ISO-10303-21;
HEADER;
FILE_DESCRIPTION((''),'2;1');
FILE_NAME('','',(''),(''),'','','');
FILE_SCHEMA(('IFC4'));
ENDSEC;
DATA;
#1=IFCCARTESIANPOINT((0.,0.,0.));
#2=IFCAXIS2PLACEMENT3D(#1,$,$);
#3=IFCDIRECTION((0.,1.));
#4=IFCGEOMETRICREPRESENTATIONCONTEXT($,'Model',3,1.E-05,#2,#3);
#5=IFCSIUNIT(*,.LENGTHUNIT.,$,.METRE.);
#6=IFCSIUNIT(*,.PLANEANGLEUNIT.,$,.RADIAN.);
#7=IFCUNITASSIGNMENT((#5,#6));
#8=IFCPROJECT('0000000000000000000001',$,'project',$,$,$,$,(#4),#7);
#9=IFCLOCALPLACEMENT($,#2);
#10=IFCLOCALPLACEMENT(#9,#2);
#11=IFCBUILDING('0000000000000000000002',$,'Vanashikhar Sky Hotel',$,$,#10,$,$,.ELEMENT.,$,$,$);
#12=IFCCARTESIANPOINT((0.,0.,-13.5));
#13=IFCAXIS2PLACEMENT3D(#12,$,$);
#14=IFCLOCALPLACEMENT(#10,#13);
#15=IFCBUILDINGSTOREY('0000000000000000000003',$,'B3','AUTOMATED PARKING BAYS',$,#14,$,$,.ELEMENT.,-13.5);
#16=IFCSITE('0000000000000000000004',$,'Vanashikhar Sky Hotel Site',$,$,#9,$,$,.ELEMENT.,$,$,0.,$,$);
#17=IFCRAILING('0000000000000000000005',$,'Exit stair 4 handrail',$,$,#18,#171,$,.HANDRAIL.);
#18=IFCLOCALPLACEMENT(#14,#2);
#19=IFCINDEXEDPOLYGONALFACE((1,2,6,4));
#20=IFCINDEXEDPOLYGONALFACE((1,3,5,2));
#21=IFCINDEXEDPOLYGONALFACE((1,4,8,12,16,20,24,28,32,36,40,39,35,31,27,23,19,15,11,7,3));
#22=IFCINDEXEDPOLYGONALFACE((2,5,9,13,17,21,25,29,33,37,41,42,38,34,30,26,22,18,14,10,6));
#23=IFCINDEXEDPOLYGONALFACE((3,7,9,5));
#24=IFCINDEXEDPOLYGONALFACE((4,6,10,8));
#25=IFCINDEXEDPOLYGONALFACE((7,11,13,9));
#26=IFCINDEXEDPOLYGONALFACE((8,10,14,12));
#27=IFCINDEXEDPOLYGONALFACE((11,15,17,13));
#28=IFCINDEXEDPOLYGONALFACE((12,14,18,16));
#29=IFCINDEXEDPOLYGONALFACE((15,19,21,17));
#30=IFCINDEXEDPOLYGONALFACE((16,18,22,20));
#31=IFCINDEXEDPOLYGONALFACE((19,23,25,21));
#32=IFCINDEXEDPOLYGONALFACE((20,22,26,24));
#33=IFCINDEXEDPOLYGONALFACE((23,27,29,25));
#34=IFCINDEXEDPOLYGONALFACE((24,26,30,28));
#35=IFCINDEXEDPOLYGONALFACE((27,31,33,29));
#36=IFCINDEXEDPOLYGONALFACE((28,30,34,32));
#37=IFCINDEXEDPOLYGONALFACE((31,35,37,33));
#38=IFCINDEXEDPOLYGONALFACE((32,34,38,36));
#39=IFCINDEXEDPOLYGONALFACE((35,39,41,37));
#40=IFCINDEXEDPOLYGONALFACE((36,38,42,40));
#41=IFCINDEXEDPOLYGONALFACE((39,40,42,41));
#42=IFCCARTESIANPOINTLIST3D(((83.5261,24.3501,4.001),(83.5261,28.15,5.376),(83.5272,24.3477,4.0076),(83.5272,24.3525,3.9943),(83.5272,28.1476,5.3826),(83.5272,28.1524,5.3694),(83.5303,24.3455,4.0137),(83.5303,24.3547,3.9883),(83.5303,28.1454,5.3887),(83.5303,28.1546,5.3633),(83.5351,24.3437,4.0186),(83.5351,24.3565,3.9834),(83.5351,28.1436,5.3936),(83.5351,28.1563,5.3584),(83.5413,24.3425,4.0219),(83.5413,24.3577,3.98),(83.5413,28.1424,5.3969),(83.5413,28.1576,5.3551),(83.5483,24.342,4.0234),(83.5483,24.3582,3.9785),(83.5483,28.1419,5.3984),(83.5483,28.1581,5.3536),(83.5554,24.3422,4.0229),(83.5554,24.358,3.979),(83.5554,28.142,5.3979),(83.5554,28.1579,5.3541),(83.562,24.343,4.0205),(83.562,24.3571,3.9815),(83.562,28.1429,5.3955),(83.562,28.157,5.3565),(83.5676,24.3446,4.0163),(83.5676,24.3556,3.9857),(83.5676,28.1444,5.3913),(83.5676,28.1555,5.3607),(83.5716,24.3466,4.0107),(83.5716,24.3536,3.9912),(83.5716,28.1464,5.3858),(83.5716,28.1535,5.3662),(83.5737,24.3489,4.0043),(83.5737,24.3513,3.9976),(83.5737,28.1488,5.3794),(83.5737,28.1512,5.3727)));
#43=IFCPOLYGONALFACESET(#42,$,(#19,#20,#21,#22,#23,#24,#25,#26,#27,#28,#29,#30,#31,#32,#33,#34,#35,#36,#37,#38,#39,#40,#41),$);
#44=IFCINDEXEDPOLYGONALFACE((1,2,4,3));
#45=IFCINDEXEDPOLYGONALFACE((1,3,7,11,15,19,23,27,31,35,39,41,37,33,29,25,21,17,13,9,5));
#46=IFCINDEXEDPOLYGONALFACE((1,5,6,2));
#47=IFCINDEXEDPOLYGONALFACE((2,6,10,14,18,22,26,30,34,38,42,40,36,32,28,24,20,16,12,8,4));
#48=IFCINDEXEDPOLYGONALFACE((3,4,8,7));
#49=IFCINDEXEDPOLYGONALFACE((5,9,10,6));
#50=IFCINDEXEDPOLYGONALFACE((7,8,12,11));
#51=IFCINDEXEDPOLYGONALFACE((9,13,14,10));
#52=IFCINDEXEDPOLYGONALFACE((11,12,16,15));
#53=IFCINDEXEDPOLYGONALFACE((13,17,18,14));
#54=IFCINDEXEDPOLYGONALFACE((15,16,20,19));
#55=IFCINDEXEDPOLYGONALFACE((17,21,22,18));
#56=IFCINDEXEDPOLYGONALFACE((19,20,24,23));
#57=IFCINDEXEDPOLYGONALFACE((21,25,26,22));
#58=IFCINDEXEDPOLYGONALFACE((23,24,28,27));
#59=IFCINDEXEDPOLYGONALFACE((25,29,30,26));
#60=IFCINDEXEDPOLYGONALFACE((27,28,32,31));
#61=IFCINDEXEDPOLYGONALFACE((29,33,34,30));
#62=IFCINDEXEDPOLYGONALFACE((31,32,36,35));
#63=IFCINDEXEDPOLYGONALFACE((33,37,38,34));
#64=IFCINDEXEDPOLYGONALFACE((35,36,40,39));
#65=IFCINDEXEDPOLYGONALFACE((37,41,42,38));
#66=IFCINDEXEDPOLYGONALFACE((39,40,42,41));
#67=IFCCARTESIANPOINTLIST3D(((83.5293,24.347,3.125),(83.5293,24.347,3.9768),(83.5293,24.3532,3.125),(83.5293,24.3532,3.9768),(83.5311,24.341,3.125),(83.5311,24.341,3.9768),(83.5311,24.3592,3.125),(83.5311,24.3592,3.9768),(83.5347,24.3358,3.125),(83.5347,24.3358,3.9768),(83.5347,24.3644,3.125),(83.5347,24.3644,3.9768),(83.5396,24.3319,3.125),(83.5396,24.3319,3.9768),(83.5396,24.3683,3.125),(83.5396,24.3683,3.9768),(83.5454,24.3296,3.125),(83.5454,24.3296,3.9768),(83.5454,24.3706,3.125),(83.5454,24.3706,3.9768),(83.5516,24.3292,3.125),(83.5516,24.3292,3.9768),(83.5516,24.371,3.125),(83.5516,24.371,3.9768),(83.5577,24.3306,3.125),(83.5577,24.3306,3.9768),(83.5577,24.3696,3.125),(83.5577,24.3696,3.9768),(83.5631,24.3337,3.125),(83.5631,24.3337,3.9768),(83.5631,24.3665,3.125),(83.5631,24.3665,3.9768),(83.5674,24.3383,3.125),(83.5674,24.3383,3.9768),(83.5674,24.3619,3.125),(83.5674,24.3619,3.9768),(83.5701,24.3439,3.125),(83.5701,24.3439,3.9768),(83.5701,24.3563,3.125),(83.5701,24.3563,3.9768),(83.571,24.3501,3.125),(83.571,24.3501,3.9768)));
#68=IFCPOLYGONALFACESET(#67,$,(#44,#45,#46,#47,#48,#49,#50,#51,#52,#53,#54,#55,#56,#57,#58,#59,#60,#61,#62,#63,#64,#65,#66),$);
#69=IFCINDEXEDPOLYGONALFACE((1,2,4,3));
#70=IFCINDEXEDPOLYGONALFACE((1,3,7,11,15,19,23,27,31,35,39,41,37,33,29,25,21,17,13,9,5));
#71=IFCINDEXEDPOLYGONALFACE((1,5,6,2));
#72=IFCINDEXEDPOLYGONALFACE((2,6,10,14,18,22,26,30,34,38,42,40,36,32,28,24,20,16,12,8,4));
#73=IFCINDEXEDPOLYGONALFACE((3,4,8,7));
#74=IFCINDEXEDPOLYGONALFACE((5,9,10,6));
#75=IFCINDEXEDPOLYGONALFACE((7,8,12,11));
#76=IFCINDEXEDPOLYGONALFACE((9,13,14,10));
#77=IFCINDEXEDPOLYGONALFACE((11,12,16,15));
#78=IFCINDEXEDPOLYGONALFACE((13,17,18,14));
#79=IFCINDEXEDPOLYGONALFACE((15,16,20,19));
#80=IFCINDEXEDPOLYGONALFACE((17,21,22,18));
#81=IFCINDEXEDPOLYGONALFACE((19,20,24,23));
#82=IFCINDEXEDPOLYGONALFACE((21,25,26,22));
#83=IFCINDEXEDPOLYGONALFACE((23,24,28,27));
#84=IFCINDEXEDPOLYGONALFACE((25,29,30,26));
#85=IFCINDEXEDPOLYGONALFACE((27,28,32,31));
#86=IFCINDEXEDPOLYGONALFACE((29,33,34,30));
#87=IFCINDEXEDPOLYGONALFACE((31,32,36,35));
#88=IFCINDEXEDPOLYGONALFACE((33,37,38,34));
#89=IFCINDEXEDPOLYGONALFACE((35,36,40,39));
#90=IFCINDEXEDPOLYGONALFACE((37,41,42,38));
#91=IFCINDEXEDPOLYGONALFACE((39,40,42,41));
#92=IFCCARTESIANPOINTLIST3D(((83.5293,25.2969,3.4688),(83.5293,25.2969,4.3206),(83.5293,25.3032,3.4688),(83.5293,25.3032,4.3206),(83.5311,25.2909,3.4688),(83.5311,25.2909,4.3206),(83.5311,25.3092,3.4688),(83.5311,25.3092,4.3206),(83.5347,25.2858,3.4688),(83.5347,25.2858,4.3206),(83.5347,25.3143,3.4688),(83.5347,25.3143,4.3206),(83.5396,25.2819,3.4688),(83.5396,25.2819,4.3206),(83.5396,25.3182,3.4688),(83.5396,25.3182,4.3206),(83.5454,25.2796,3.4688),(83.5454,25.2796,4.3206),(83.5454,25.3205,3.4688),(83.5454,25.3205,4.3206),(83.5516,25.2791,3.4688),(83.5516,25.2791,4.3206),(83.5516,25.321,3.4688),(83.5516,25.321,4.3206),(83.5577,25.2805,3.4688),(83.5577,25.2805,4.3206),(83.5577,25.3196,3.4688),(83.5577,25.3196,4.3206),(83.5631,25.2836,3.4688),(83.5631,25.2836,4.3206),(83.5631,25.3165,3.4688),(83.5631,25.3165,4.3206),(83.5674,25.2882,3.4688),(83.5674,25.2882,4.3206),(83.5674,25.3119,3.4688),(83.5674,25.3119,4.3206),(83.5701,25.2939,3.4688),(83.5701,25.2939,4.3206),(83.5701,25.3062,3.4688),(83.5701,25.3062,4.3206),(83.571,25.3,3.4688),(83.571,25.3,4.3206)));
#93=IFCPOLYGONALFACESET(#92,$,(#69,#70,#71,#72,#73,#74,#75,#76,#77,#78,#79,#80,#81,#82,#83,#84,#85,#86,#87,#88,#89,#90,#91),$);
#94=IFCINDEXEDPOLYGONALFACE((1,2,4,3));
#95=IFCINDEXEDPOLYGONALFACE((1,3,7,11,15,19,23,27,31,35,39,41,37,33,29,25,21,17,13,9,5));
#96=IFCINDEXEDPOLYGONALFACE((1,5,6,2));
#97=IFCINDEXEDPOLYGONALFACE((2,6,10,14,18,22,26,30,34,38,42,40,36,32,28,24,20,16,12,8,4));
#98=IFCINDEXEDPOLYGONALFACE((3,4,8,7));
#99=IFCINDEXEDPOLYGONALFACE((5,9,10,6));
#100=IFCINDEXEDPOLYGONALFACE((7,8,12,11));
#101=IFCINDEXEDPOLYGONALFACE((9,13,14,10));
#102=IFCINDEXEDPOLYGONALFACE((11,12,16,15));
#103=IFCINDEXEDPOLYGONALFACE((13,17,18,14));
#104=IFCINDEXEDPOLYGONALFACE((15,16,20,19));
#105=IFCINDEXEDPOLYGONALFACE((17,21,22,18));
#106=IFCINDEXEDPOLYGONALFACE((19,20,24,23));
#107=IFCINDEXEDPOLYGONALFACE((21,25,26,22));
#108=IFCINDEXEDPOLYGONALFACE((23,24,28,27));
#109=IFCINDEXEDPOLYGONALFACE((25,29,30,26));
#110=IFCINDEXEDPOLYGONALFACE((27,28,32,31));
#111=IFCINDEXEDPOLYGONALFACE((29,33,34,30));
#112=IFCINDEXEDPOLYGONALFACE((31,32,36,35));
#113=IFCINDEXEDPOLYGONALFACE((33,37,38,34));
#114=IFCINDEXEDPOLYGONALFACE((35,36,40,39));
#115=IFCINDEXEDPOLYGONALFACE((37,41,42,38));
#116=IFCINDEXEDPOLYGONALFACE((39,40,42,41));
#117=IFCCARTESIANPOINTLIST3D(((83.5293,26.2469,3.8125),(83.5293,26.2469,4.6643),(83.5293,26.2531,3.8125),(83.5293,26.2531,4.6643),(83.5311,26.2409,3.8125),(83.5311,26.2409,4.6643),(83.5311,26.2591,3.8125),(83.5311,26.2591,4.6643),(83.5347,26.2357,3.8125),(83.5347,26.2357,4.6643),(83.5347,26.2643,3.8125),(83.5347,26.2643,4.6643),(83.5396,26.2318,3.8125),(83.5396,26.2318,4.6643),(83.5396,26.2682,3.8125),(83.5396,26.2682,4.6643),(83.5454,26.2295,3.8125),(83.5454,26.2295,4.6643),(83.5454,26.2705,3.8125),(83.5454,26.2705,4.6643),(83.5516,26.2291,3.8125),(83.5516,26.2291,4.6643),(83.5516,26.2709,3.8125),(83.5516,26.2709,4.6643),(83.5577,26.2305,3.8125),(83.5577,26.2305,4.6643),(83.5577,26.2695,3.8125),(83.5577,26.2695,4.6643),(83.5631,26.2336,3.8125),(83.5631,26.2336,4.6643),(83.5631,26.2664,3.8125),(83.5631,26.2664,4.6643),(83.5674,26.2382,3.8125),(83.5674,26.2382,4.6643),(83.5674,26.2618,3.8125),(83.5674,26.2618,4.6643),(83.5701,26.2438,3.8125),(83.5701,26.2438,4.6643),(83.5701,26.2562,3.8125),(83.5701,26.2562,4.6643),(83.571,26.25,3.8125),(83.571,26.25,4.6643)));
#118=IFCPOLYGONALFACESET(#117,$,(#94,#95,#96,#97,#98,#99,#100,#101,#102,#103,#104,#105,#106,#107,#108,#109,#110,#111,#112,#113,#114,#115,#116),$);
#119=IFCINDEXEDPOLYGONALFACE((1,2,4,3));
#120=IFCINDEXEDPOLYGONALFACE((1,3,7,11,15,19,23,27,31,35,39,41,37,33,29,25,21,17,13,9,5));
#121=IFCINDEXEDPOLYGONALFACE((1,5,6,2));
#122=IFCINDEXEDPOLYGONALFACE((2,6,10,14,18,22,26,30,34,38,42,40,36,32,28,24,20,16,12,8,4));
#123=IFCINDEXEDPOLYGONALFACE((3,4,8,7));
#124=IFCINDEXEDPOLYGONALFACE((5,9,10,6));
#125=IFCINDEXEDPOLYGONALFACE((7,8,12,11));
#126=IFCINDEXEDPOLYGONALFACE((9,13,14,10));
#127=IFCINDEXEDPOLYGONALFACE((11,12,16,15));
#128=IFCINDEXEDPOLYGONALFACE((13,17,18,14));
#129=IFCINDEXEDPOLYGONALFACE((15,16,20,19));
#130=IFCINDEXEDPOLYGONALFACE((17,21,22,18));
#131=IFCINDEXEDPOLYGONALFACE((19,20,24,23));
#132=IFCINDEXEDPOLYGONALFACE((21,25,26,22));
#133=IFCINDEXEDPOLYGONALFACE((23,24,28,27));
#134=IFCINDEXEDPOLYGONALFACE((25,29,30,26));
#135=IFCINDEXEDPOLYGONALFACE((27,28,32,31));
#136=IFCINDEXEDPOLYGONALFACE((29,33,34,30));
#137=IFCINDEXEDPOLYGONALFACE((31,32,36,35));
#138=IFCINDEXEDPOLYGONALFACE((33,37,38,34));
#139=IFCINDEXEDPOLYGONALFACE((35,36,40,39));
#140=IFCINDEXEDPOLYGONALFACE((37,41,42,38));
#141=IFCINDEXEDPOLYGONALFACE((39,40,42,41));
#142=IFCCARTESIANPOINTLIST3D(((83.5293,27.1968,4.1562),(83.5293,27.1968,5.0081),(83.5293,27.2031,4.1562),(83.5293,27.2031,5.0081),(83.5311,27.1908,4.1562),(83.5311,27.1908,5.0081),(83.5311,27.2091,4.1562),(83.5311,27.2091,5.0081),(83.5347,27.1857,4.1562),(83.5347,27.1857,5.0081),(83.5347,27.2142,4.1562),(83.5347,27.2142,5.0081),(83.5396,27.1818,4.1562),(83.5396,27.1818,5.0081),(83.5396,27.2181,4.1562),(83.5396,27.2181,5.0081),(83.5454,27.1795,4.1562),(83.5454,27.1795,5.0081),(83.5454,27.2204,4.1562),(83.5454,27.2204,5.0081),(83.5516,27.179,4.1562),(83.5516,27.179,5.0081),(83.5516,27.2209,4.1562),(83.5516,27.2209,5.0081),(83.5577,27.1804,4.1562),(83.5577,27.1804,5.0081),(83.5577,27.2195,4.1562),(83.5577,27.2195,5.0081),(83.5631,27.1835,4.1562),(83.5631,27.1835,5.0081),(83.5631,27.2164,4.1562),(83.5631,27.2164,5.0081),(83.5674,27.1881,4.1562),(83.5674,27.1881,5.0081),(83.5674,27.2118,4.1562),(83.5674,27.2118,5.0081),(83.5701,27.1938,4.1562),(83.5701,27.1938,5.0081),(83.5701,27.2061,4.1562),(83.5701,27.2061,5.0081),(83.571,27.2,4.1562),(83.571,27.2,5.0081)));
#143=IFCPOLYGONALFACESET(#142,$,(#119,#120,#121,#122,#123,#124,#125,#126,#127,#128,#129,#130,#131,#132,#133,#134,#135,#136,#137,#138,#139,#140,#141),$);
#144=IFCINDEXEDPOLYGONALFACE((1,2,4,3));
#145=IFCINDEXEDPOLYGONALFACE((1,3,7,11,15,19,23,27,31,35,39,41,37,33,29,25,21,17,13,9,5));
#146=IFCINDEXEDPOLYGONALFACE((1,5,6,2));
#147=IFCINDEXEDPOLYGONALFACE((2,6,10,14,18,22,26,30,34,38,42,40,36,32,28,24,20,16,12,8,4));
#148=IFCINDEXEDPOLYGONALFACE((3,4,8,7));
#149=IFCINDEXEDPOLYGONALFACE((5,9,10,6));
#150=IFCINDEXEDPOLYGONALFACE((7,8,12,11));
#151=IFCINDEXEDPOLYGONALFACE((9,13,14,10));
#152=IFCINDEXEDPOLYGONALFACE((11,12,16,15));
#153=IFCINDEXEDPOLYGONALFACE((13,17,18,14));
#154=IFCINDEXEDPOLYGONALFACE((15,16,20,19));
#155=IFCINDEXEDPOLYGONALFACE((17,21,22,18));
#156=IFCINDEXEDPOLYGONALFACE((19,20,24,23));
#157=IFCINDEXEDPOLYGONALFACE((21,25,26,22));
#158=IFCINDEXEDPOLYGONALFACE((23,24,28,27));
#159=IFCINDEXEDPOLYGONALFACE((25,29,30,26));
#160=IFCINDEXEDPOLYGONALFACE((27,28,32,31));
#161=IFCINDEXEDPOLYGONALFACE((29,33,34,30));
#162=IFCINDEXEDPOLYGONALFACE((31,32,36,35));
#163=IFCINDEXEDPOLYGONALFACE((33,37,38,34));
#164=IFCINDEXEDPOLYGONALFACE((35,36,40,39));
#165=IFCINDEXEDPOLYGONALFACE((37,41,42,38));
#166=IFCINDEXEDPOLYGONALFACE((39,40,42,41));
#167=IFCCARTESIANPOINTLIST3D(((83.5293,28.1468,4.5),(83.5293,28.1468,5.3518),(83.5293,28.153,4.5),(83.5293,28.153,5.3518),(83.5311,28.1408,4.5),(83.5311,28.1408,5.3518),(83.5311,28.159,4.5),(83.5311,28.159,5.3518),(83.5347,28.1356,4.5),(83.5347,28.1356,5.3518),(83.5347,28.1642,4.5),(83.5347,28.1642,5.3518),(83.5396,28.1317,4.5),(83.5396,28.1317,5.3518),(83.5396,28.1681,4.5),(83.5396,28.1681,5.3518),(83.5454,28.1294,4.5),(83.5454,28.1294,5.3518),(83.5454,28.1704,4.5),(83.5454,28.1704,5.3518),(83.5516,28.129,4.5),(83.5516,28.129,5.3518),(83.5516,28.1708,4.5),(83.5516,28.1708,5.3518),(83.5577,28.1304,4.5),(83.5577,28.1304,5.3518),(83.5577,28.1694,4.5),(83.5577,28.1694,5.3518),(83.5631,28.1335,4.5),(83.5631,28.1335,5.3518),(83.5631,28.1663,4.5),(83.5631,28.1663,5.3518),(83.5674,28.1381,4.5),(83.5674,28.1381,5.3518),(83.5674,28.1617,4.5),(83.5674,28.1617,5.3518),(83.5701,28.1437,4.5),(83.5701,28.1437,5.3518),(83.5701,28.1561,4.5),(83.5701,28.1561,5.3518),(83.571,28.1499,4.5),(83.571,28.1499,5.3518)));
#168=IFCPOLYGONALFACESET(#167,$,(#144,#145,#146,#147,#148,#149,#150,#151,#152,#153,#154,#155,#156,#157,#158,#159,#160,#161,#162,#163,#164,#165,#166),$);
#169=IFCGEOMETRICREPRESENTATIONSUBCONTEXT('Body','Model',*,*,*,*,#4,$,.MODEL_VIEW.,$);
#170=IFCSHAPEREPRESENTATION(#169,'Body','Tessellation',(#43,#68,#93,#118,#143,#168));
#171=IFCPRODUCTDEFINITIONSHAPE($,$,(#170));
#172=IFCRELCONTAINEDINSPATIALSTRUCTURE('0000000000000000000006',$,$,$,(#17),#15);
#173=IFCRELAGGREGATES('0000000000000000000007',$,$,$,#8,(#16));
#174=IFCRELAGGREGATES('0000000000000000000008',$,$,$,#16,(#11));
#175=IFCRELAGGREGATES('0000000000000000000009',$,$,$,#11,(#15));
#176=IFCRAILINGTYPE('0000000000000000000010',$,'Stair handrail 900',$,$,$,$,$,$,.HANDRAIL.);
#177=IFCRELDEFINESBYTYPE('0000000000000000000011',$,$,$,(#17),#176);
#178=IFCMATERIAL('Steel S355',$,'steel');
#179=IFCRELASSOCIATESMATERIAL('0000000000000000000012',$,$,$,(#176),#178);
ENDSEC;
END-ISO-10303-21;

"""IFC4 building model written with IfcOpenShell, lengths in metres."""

from ifc_helpers import new_model, si_unit, direction, frame, origin, origin_2d, place, context, subcontext, project, spatial, circle, extrude, source, transform, mapped, material, type_object, element, save


model = new_model("IFC4")

# Units and contexts
model_context = context("Model", 3, precision=1e-05, world=origin(), true_north=direction((0.0, 1.0)))
body_context = subcontext(model_context, "Body", "Model", "MODEL_VIEW")
ifc_project = project(units=[si_unit("LENGTHUNIT", "METRE"), si_unit("PLANEANGLEUNIT", "RADIAN")], contexts=[model_context])

# Site, building, storey
site_placement = place(None, origin())
site = spatial("IfcSite", under=ifc_project, at=site_placement, Name="Vanashikhar Sky Hotel Site", CompositionType="ELEMENT", RefElevation=0.0)
building_placement = place(site_placement, origin())
building = spatial("IfcBuilding", under=site, at=building_placement, Name="Vanashikhar Sky Hotel", CompositionType="ELEMENT")
storey_placement = place(building_placement, frame((0.0, 0.0, -13.5)))
storey = spatial("IfcBuildingStorey", under=building, at=storey_placement, Name="B3", Description="AUTOMATED PARKING BAYS", CompositionType="ELEMENT", Elevation=-13.5)

# Railing
ifc_material_1 = material(Name="Steel S355", Category="steel")
railing_type_1 = type_object("IfcRailingType", Name="Stair handrail 900", PredefinedType="HANDRAIL", material=ifc_material_1)
shared_shape_1 = source(origin(), body_context, "Body", "SweptSolid", [
    extrude(circle(Radius=0.0239, at=origin_2d()), frame((0.0, 0.0, 0.876), z_axis=(0.0, 0.940329, 0.340268), x_axis=(-1.0, 0.0, 0.0)), (0.0, 0.0, 1.0), 4.041),
    extrude(circle(Radius=0.021, at=origin_2d()), origin(), (0.0, 0.0, 1.0), 0.8518),
    extrude(circle(Radius=0.021, at=origin_2d()), frame((0.0, 0.95, 0.3438)), (0.0, 0.0, 1.0), 0.8518),
    extrude(circle(Radius=0.021, at=origin_2d()), frame((0.0, 1.8999, 0.6875)), (0.0, 0.0, 1.0), 0.8518),
    extrude(circle(Radius=0.021, at=origin_2d()), frame((0.0, 2.8499, 1.0312)), (0.0, 0.0, 1.0), 0.8518),
    extrude(circle(Radius=0.021, at=origin_2d()), frame((0.0, 3.7998, 1.375)), (0.0, 0.0, 1.0), 0.8518),
])
for number, where, name in (
    (1, (83.55, 24.3501, 3.125), "Exit stair 4 handrail"),
):
    element("IfcRailing", number, at=place(storey_placement, frame(where)), inside=storey, type_object=railing_type_1, Name=name, PredefinedType="HANDRAIL", context=body_context, shape_type="MappedRepresentation", body=[
        mapped(shared_shape_1, transform((0.0, 0.0, 0.0), scale=1.0)),
    ])

save(model, "model.ifc")
